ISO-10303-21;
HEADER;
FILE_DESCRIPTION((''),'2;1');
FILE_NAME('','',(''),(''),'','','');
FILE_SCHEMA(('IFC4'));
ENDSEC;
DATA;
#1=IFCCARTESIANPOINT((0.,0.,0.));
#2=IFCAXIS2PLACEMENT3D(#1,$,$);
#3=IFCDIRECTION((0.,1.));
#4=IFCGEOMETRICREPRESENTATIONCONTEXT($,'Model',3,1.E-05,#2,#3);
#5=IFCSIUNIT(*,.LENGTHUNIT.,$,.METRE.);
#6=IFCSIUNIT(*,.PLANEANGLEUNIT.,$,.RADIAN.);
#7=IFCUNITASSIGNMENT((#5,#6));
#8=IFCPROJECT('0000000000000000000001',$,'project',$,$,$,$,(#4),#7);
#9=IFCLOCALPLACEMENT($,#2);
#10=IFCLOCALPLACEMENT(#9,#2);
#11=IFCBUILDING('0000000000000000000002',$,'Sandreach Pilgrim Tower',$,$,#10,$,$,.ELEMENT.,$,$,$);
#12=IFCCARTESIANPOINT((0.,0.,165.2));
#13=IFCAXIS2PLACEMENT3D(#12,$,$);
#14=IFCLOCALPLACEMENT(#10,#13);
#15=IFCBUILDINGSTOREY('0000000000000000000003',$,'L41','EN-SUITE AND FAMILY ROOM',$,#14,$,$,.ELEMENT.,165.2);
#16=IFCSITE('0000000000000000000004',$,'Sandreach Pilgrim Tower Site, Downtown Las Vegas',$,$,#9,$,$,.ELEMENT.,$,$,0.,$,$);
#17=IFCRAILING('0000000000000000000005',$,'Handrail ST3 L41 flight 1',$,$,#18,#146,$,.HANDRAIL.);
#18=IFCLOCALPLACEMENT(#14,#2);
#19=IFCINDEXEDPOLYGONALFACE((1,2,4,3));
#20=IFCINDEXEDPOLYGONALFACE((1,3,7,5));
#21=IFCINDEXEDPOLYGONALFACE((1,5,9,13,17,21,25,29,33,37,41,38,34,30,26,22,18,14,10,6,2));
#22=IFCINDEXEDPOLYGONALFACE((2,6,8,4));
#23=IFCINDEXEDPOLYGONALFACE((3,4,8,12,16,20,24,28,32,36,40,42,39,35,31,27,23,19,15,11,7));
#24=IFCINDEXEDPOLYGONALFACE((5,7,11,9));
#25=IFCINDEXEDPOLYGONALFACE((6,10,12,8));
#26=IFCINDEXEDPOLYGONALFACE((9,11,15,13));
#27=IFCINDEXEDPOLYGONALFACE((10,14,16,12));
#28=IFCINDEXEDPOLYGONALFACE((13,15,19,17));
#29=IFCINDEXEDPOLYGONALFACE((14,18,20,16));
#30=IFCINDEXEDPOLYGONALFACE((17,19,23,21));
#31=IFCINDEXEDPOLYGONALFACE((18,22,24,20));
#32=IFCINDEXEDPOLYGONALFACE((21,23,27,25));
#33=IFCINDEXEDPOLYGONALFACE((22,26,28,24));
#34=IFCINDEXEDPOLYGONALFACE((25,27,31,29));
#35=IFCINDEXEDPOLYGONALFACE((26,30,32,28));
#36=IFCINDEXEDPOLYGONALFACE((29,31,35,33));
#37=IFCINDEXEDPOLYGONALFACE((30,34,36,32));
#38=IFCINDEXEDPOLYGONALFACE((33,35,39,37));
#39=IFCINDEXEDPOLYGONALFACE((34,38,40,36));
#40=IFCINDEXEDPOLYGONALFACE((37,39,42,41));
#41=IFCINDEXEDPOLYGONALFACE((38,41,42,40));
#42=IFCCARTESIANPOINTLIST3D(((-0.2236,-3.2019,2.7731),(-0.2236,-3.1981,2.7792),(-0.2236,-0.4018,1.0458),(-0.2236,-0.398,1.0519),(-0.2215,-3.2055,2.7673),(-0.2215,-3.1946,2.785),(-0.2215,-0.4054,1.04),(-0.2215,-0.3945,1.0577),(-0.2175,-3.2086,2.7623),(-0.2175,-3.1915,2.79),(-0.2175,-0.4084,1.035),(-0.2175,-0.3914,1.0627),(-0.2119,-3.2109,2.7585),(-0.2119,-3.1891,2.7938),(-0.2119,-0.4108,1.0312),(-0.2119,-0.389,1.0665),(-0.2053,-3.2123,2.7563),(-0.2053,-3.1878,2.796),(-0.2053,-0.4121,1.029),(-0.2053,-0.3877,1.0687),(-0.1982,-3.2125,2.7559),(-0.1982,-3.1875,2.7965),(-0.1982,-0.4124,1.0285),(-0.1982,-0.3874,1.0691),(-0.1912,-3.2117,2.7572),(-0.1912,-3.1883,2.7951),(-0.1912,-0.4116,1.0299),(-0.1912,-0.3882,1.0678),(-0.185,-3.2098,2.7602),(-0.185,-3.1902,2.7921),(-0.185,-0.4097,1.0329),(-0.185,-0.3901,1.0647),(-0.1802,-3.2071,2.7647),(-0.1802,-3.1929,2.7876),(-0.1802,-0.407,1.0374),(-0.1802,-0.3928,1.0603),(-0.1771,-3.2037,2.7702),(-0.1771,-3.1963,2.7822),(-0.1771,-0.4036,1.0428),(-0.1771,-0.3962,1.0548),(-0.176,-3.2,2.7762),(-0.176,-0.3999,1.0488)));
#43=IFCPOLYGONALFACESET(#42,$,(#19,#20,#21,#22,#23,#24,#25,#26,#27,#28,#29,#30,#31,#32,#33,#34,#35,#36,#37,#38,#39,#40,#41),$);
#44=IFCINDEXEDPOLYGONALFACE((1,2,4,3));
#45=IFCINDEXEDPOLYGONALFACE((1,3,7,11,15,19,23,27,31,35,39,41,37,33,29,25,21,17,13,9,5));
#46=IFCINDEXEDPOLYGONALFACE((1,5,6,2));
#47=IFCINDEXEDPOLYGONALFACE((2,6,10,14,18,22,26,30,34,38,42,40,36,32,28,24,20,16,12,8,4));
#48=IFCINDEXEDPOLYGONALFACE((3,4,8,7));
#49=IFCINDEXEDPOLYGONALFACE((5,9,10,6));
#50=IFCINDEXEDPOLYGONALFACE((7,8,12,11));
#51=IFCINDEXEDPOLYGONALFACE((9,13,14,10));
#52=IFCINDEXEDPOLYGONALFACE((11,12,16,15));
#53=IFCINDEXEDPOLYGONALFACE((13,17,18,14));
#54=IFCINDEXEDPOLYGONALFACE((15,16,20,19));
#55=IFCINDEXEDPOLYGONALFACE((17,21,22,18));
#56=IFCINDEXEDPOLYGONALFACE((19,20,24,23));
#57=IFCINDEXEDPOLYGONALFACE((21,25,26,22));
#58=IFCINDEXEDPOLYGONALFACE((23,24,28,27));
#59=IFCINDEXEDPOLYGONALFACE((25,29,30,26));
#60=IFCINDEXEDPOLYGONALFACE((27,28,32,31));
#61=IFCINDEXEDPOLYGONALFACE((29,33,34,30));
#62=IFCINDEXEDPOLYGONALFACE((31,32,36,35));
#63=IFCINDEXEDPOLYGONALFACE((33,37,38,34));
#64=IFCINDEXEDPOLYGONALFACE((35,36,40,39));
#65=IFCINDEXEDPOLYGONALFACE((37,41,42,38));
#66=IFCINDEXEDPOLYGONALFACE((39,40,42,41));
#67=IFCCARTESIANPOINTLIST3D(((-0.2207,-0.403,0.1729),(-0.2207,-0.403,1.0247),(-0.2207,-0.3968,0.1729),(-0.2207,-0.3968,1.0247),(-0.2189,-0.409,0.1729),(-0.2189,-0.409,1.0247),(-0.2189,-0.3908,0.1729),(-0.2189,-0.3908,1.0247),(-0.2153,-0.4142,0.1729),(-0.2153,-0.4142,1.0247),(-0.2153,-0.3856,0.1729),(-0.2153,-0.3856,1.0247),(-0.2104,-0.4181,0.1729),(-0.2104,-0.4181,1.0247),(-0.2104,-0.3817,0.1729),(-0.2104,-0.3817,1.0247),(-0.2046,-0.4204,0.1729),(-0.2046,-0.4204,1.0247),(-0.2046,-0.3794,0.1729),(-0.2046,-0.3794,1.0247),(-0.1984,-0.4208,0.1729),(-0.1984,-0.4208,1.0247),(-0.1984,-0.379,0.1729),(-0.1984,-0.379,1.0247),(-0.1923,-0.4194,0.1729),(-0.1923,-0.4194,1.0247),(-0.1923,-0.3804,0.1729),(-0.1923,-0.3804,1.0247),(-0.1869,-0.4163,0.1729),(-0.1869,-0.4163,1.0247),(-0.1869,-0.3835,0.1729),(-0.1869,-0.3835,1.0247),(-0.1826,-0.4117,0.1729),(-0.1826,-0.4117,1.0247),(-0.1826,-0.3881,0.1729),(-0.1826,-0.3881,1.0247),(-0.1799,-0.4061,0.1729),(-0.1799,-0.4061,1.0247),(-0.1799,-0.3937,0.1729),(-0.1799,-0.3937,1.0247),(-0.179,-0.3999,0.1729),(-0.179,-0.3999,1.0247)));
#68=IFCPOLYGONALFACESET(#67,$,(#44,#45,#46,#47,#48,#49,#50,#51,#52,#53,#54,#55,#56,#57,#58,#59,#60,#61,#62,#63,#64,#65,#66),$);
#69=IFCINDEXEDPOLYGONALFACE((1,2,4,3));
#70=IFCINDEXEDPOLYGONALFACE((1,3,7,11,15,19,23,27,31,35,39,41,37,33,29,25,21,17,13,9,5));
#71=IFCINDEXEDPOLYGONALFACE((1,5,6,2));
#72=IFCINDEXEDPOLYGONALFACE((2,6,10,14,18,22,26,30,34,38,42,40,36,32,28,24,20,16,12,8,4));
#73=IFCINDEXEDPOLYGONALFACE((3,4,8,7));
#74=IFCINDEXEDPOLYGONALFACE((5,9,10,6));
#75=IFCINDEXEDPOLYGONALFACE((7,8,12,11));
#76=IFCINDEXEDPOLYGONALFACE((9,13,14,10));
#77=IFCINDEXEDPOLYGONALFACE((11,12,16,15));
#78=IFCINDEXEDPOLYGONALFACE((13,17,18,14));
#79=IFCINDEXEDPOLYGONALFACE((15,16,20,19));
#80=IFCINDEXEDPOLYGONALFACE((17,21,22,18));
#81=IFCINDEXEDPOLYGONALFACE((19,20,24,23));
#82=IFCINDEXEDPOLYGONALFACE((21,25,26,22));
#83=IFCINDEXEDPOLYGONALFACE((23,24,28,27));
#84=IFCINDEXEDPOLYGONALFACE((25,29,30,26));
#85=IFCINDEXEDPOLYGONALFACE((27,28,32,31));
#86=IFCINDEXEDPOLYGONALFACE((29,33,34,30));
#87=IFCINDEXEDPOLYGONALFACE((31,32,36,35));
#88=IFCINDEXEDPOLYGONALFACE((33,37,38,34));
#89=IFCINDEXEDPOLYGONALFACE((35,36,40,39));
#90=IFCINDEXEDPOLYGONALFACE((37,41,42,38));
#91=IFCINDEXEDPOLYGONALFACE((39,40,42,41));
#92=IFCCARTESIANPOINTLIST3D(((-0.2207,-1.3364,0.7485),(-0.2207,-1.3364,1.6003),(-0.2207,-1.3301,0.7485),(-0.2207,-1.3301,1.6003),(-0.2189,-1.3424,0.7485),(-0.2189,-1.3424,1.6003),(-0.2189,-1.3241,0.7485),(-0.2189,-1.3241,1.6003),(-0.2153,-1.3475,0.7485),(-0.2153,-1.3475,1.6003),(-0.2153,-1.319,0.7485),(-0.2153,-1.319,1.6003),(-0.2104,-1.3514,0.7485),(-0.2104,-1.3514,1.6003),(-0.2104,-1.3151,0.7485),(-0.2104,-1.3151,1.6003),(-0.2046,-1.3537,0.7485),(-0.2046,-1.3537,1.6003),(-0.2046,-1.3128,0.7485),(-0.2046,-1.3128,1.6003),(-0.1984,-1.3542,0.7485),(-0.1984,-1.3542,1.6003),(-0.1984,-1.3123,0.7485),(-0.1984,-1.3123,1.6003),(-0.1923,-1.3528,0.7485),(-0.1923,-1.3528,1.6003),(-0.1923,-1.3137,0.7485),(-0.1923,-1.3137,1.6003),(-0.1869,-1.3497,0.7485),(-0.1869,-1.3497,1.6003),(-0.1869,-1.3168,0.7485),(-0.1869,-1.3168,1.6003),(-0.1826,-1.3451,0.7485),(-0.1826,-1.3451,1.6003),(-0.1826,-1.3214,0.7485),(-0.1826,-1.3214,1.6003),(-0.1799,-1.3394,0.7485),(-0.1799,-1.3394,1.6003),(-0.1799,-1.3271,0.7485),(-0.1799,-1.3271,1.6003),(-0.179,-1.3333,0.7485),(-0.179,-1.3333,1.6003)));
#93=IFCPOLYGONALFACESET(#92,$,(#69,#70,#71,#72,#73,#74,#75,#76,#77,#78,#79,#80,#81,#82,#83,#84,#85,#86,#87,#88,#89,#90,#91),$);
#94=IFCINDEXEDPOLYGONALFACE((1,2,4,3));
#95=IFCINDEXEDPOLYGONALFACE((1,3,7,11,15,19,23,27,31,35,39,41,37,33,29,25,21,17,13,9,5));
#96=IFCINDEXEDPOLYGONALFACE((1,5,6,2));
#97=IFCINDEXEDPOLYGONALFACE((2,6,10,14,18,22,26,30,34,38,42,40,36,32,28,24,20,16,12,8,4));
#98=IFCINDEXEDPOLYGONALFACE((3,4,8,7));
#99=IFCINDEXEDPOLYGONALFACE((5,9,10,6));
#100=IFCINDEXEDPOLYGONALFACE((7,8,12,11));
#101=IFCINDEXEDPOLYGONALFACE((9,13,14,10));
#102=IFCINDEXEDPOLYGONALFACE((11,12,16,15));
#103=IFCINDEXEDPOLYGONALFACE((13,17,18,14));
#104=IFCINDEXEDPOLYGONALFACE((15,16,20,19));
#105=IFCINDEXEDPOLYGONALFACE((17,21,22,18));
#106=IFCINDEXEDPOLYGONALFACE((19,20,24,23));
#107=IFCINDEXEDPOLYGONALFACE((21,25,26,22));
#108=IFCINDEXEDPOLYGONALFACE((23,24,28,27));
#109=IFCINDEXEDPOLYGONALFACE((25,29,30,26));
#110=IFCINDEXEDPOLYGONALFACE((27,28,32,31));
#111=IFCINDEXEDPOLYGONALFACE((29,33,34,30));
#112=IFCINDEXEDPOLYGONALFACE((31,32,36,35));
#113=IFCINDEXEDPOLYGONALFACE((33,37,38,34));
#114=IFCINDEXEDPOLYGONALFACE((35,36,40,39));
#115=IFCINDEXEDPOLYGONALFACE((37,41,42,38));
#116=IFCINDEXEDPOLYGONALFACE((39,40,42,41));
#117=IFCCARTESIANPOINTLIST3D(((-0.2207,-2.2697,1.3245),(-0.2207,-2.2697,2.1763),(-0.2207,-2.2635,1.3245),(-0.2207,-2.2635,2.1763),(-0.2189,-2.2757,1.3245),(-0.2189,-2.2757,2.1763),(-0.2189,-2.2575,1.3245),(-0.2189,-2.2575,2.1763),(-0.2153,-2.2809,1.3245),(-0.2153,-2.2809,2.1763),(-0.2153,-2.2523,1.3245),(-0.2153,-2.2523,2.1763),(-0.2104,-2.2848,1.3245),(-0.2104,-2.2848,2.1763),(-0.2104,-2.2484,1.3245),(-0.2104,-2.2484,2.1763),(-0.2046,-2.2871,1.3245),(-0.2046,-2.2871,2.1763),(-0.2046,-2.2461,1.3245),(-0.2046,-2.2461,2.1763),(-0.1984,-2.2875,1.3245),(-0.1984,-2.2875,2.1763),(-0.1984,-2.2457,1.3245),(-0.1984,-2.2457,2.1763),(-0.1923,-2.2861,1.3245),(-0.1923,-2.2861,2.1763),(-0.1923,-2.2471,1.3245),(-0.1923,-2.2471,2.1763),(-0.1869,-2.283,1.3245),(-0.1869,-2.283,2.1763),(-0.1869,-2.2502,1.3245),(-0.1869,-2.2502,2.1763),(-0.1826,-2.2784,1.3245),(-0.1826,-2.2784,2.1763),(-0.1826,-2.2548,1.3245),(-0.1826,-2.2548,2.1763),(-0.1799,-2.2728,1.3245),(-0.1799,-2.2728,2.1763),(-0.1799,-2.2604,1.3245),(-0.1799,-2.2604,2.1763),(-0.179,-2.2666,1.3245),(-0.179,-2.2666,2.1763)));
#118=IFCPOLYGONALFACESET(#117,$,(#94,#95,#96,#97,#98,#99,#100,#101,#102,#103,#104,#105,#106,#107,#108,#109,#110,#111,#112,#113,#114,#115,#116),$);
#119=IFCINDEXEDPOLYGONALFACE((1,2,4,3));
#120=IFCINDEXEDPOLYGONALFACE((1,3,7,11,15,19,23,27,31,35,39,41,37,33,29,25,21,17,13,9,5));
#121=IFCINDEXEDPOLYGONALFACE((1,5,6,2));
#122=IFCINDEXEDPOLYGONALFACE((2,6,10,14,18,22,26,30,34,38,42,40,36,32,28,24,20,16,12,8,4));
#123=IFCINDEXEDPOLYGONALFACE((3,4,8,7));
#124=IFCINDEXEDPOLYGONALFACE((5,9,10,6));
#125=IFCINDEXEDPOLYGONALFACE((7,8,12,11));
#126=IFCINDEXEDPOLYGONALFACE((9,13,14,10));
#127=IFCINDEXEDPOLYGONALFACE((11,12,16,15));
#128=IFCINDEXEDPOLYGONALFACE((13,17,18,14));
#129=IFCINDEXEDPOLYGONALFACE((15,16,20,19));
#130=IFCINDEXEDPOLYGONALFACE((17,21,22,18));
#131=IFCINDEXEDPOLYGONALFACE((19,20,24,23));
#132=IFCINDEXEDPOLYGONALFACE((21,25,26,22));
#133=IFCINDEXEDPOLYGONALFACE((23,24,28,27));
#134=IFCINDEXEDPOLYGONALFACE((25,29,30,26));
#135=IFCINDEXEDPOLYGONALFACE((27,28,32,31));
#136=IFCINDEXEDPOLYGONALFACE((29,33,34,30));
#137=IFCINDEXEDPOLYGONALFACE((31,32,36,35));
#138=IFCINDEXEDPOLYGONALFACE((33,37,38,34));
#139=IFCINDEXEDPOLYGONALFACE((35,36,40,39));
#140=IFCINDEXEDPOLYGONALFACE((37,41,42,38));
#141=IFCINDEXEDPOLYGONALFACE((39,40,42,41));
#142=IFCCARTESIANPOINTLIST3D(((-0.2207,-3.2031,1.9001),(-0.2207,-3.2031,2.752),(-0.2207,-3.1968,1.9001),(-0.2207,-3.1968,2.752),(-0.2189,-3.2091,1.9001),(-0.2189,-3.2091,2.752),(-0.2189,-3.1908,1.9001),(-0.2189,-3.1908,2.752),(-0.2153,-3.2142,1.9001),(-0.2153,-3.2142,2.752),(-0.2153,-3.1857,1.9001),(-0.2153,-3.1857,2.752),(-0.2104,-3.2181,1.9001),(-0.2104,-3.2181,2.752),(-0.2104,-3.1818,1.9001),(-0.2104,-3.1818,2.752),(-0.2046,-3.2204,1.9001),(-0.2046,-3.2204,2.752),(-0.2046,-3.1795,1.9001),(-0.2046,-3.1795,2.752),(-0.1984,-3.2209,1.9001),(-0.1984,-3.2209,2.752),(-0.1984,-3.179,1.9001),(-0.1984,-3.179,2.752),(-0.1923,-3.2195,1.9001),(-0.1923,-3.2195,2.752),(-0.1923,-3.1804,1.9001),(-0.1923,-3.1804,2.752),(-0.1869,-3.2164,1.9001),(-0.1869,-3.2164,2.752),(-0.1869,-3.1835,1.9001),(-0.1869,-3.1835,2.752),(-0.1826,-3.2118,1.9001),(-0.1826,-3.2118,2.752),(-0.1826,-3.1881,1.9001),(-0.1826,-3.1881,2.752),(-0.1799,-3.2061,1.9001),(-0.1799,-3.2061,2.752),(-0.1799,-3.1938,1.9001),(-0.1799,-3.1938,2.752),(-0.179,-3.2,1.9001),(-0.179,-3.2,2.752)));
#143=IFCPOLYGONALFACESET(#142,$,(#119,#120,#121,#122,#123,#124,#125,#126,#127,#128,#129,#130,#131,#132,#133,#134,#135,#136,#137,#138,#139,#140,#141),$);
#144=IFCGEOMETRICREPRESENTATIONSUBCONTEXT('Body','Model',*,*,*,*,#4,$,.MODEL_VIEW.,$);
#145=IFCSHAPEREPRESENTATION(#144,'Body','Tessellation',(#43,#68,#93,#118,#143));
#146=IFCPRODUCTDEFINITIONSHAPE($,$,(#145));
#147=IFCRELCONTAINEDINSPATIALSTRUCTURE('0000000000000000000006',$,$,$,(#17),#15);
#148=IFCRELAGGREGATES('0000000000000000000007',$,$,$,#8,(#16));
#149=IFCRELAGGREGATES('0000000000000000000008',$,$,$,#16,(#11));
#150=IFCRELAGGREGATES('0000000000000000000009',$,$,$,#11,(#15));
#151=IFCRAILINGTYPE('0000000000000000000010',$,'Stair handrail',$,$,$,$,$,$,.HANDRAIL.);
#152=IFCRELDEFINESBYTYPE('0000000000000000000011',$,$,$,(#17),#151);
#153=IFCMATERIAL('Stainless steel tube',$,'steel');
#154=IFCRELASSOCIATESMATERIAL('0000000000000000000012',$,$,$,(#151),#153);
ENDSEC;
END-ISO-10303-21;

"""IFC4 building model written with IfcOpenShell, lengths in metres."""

from ifc_helpers import new_model, si_unit, direction, frame, origin, origin_2d, place, context, subcontext, project, spatial, circle, extrude, material, type_object, element, save


model = new_model("IFC4")

# Units and contexts
model_context = context("Model", 3, precision=1e-05, world=origin(), true_north=direction((0.0, 1.0)))
body_context = subcontext(model_context, "Body", "Model", "MODEL_VIEW")
ifc_project = project(units=[si_unit("LENGTHUNIT", "METRE"), si_unit("PLANEANGLEUNIT", "RADIAN")], contexts=[model_context])

# Site, building, storey
site_placement = place(None, origin())
site = spatial("IfcSite", under=ifc_project, at=site_placement, Name="Sandreach Pilgrim Tower Site, Downtown Las Vegas", CompositionType="ELEMENT", RefElevation=0.0)
building_placement = place(site_placement, origin())
building = spatial("IfcBuilding", under=site, at=building_placement, Name="Sandreach Pilgrim Tower", CompositionType="ELEMENT")
storey_placement = place(building_placement, frame((0.0, 0.0, 165.2)))
storey = spatial("IfcBuildingStorey", under=building, at=storey_placement, Name="L41", Description="EN-SUITE AND FAMILY ROOM", CompositionType="ELEMENT", Elevation=165.2)

# Railing
ifc_material_1 = material(Name="Stainless steel tube", Category="steel")
railing_type = type_object("IfcRailingType", Name="Stair handrail", PredefinedType="HANDRAIL", material=ifc_material_1)
for number, where, name in (
    (1, (-0.2, -0.3999, 0.1729), "Handrail ST3 L41 flight 1"),
):
    element("IfcRailing", number, at=place(storey_placement, frame(where)), inside=storey, type_object=railing_type, Name=name, PredefinedType="HANDRAIL", context=body_context, shape_type="SweptSolid", body=[
        extrude(circle(Radius=0.0239, at=origin_2d()), frame((0.0, 0.0, 0.876), z_axis=(0.0, -0.85109, 0.52502), x_axis=(1.0, 0.0, 0.0)), (0.0, 0.0, 1.0), 3.29),
        extrude(circle(Radius=0.021, at=origin_2d()), origin(), (0.0, 0.0, 1.0), 0.8518),
        extrude(circle(Radius=0.021, at=origin_2d()), frame((0.0, -0.9333, 0.5757)), (0.0, 0.0, 1.0), 0.8518),
        extrude(circle(Radius=0.021, at=origin_2d()), frame((0.0, -1.8667, 1.1516)), (0.0, 0.0, 1.0), 0.8518),
        extrude(circle(Radius=0.021, at=origin_2d()), frame((0.0, -2.8, 1.7273)), (0.0, 0.0, 1.0), 0.8518),
    ])

save(model, "model.ifc")
